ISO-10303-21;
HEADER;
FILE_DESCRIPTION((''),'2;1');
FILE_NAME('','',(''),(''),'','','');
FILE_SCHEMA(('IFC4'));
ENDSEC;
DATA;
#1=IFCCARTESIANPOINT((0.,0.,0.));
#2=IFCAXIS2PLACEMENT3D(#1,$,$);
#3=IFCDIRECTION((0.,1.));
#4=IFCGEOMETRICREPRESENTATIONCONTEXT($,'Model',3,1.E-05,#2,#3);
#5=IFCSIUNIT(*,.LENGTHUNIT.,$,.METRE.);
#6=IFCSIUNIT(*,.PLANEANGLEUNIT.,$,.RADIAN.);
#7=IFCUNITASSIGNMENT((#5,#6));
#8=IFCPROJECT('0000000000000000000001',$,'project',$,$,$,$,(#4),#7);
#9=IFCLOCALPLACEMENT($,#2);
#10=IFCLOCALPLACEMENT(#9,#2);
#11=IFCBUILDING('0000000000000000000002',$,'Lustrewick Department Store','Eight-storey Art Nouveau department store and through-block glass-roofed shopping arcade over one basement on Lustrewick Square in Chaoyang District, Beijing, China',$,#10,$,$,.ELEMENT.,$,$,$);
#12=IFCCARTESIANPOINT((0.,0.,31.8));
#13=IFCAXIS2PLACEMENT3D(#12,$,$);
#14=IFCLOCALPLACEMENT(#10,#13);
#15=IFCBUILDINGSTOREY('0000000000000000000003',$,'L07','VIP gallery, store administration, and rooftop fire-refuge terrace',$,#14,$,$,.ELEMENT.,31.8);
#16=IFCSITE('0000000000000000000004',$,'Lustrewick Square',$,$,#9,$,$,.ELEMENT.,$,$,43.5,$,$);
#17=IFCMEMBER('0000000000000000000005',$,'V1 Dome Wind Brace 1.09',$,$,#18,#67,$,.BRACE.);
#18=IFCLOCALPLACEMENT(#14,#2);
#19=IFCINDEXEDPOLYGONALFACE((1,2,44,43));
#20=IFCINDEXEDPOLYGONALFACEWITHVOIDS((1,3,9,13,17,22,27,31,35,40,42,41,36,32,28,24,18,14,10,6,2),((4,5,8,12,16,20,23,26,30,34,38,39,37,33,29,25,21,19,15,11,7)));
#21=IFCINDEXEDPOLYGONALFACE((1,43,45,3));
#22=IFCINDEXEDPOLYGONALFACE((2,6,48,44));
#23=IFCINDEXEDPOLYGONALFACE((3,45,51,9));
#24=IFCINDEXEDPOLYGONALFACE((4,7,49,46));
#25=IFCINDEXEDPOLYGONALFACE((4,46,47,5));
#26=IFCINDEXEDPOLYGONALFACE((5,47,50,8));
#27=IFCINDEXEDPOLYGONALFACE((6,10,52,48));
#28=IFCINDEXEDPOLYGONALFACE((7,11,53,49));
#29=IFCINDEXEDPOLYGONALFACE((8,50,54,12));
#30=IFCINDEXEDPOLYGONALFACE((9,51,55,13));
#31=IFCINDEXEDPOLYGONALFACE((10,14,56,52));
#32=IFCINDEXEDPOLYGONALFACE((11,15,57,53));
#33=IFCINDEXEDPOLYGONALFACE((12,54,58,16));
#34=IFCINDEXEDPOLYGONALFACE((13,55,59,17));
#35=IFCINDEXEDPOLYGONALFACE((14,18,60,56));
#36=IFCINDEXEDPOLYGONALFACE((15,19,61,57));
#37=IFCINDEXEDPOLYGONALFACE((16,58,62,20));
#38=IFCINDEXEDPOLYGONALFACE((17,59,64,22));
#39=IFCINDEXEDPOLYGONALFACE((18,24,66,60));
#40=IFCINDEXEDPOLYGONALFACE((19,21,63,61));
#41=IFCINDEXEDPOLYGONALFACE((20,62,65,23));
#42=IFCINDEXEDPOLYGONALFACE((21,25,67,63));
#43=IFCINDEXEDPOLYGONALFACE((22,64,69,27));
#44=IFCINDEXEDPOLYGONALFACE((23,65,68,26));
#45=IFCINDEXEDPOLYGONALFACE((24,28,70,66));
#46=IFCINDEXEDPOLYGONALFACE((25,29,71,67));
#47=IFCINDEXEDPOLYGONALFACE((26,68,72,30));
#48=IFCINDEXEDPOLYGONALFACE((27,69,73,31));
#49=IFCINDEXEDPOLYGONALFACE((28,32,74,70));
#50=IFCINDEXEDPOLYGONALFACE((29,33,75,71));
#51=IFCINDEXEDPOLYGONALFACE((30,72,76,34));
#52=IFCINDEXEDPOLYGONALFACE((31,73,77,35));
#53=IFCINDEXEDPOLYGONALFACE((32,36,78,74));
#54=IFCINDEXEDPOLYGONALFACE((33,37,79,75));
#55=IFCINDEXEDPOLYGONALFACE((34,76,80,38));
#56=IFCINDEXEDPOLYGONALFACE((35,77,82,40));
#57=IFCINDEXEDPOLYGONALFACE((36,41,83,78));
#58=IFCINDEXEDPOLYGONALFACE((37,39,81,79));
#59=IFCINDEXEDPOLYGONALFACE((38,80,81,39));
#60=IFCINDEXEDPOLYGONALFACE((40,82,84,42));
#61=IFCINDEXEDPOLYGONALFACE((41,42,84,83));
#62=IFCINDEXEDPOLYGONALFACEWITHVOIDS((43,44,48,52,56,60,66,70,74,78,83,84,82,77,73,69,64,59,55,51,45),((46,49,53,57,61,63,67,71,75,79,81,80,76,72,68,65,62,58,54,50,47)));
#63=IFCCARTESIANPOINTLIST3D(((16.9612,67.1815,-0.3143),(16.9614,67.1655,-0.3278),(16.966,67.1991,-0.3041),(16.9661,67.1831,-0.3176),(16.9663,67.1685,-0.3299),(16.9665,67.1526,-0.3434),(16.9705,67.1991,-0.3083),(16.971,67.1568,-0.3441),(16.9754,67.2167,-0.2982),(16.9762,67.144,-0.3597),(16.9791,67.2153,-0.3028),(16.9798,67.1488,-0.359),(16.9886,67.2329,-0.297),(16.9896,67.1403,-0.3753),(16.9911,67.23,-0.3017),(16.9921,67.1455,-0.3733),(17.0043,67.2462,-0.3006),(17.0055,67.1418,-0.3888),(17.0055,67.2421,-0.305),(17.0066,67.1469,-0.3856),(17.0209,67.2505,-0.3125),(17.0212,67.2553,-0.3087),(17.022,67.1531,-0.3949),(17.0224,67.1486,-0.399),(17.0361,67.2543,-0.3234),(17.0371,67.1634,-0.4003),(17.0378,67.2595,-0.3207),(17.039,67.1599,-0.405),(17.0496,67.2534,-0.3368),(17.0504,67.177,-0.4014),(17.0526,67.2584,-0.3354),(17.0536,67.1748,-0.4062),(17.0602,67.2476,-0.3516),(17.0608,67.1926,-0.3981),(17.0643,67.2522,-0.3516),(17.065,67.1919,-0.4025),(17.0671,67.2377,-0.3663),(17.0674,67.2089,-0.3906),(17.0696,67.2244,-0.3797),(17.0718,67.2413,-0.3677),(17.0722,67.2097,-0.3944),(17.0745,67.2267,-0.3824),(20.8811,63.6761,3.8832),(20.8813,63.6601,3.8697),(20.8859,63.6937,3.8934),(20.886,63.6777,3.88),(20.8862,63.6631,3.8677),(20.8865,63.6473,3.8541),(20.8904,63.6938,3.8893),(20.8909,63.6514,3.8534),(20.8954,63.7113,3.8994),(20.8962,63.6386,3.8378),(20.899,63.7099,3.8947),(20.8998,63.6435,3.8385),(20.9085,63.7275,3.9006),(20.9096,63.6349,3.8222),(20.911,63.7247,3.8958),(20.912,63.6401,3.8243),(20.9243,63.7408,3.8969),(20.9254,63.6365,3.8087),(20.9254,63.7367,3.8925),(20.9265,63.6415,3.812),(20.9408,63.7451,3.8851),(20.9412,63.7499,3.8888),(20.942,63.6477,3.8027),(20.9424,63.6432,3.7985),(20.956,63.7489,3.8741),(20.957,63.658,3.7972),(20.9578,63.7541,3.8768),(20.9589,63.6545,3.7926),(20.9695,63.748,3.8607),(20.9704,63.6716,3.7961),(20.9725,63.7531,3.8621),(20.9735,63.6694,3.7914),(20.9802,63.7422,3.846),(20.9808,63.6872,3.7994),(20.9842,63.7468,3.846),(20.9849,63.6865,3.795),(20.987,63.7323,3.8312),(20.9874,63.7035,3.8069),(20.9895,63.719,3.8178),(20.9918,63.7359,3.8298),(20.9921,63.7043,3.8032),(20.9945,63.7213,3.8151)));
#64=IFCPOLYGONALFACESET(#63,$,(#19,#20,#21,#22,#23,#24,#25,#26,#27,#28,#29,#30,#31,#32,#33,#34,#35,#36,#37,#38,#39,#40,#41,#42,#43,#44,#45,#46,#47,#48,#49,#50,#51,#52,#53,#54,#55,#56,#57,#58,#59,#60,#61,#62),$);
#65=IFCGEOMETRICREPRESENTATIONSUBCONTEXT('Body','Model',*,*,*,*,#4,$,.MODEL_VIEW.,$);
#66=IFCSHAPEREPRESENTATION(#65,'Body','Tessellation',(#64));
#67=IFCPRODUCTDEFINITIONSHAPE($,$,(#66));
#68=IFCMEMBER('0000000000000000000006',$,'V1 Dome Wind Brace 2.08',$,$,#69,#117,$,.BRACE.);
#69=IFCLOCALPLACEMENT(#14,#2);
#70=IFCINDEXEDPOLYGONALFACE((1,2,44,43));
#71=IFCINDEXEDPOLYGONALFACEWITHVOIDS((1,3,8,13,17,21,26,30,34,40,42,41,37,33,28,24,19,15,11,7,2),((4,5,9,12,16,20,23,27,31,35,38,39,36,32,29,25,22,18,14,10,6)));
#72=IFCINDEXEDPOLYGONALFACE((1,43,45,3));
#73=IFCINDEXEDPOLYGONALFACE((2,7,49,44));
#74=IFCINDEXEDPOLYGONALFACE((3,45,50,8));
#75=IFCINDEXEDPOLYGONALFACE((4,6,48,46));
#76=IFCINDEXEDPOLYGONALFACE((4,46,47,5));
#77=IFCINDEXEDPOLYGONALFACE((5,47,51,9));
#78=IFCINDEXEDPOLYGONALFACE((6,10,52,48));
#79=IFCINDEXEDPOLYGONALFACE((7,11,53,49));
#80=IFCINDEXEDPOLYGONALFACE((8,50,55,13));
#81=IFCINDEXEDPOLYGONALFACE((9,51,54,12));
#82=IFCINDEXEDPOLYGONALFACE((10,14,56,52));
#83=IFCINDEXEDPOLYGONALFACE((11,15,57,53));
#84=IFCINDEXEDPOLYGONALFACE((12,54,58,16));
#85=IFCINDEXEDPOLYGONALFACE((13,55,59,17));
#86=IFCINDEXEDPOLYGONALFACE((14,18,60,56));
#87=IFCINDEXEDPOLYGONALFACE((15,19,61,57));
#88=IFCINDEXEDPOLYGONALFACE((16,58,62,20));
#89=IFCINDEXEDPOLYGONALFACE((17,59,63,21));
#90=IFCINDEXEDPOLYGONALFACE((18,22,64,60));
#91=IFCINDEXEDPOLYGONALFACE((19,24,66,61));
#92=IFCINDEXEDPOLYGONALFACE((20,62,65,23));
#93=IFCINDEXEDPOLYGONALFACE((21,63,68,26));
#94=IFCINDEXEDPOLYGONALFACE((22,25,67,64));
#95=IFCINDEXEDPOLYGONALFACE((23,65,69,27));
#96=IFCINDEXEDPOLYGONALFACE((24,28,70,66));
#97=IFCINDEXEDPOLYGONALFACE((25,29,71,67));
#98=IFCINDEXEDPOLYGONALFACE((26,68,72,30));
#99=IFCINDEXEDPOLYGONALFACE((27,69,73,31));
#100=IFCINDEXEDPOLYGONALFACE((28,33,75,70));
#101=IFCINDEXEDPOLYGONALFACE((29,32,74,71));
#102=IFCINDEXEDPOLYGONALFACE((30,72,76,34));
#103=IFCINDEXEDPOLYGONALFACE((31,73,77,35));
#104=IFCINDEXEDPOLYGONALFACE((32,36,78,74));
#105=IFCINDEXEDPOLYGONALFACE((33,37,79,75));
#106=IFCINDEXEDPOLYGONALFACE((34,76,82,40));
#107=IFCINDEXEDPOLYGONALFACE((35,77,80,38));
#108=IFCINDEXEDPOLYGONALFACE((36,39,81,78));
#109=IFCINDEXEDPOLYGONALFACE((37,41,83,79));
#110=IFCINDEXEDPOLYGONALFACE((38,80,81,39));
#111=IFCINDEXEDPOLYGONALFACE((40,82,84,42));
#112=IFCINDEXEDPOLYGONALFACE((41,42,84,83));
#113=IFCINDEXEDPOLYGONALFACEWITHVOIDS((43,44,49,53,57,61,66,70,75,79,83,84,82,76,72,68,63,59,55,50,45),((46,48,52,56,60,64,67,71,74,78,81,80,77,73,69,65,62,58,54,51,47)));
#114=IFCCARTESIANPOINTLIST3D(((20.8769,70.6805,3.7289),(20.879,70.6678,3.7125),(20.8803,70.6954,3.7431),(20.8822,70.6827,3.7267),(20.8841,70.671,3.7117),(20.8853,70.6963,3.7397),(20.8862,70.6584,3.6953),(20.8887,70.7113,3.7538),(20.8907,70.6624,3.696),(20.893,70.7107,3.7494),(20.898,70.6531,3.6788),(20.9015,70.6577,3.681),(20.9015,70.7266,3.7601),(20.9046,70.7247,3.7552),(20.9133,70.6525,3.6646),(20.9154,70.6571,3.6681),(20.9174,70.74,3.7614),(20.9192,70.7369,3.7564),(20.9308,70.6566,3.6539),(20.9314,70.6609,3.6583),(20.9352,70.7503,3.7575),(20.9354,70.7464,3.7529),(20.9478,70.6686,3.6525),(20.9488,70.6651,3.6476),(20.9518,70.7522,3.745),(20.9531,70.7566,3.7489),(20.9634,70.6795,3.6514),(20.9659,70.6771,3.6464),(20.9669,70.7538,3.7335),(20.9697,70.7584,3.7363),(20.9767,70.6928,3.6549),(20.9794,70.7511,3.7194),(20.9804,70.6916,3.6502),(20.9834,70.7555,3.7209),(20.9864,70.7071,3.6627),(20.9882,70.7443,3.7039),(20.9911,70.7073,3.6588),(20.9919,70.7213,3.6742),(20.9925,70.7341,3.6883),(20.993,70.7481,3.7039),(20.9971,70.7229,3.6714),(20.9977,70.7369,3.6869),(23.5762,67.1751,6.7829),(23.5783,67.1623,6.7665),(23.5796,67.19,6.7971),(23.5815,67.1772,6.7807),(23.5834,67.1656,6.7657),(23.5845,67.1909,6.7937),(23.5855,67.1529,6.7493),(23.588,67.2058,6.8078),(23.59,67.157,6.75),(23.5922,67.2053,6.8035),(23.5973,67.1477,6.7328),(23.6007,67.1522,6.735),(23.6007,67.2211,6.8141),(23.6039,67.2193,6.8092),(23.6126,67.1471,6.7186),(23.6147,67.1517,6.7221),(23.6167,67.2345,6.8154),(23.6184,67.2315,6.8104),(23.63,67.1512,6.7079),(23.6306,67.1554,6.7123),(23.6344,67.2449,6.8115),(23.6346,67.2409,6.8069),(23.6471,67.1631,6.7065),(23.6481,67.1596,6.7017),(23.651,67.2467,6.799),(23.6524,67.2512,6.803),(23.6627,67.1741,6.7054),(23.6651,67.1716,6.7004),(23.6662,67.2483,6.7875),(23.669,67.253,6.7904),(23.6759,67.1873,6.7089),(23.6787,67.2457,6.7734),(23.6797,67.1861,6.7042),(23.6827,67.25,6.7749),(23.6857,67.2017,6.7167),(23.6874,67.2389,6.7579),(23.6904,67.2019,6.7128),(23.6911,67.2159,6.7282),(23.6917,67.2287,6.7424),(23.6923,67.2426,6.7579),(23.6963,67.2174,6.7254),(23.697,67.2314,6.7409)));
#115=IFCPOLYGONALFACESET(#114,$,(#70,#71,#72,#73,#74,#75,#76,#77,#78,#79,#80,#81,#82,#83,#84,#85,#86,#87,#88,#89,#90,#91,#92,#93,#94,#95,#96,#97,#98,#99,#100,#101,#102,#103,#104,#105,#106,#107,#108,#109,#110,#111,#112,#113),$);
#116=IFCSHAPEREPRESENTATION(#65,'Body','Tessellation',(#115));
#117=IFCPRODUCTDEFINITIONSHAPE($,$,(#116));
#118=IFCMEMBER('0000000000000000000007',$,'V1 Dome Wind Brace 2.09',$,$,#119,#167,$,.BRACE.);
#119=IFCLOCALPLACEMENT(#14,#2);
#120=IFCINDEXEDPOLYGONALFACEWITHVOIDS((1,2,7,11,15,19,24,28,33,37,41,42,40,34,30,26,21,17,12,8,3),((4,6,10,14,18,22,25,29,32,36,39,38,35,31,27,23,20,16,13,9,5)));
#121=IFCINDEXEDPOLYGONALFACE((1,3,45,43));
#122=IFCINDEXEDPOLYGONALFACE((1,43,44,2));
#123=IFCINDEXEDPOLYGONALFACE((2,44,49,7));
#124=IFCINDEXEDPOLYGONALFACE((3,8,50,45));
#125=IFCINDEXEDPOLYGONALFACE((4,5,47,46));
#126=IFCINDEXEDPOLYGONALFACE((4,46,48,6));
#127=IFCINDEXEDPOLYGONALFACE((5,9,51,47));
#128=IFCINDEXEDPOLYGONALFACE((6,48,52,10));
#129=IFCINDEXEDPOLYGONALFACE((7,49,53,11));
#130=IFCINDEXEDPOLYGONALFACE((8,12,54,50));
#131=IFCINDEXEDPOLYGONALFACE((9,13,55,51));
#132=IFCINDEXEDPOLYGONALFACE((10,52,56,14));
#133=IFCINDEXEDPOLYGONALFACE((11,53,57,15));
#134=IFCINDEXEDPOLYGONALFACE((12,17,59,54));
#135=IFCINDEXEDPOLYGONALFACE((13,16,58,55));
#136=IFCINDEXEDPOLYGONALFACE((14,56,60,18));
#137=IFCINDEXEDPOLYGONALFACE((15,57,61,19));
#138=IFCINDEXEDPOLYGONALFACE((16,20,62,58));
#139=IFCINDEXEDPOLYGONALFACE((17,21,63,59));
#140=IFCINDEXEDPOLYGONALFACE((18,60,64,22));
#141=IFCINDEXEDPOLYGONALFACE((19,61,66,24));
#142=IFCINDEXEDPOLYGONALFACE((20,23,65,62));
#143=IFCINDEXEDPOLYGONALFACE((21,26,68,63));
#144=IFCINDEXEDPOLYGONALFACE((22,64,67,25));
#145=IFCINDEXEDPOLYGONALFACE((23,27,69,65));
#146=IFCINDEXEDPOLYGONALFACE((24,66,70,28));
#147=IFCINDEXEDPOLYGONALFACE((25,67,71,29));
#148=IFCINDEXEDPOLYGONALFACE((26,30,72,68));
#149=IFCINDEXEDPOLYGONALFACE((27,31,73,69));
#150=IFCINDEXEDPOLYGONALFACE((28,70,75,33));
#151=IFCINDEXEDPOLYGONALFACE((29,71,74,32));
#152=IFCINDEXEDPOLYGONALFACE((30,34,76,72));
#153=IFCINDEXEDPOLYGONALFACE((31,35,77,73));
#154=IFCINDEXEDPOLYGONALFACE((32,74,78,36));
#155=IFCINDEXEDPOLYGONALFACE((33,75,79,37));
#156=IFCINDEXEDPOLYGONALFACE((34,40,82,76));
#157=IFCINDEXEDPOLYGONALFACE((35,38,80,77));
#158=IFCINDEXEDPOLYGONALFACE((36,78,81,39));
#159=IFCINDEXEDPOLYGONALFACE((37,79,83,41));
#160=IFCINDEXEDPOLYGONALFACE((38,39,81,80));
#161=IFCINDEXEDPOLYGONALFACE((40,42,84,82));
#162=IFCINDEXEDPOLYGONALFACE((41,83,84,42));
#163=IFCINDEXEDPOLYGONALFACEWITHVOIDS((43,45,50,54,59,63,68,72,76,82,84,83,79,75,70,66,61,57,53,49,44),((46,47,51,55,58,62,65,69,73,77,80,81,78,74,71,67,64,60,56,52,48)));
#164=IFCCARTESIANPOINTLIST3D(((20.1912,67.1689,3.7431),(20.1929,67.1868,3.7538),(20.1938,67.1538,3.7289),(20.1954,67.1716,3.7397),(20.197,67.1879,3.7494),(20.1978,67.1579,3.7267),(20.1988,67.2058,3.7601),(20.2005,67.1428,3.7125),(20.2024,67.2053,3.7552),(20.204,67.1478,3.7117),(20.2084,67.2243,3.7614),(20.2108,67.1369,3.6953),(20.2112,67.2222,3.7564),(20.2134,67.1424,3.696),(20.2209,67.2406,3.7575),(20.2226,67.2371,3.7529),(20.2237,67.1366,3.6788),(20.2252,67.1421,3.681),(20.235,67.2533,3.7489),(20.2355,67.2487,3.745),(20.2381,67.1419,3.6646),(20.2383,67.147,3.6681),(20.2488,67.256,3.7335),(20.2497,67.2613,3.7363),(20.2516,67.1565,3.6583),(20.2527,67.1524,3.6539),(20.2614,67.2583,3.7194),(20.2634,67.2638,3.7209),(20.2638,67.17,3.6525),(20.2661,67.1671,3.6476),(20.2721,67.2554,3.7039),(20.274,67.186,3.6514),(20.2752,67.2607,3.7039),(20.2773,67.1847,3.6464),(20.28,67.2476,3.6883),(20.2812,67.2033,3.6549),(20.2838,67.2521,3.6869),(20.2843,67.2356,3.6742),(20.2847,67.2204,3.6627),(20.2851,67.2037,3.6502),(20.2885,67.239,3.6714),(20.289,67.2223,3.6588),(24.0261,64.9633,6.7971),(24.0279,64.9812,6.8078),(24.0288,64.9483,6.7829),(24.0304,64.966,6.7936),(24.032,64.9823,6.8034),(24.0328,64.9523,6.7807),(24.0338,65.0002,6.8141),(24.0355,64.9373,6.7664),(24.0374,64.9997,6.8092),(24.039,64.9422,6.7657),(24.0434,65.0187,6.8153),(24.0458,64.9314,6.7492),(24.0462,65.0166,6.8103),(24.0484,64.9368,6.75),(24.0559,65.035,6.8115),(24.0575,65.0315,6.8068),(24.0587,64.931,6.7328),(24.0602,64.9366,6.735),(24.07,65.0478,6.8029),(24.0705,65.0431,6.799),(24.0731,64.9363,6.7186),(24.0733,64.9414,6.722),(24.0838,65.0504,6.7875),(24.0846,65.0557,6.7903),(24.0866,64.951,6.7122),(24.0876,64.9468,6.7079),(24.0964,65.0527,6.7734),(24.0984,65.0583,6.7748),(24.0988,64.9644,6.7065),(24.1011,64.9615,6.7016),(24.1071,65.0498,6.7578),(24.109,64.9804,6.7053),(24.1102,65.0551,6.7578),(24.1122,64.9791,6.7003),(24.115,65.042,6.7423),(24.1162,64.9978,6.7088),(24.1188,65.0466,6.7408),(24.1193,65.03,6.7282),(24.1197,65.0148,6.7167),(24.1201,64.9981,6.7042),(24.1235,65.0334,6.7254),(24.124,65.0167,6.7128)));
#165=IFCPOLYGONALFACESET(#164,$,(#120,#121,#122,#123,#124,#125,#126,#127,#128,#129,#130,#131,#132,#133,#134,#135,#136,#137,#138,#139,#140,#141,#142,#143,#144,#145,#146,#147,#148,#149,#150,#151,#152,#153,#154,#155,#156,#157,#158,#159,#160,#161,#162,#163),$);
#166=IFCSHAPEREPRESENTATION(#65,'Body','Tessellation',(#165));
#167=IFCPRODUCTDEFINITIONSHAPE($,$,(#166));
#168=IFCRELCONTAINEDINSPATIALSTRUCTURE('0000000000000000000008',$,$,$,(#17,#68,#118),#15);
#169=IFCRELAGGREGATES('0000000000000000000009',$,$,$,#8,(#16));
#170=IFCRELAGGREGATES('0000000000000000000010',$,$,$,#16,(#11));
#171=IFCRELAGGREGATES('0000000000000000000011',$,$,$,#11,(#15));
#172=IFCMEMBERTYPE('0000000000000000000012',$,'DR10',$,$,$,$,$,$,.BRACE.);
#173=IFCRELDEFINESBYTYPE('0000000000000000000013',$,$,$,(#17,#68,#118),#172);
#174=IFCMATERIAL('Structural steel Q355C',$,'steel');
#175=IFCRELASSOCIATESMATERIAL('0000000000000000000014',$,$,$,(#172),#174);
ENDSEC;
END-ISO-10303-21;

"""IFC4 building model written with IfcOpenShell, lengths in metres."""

from ifc_helpers import new_model, si_unit, direction, frame, origin, origin_2d, place, context, subcontext, project, spatial, hollow_circle, extrude, material, material_profile, profile_set, type_object, element, save


model = new_model("IFC4")

# Units and contexts
model_context = context("Model", 3, precision=1e-05, world=origin(), true_north=direction((0.0, 1.0)))
body_context = subcontext(model_context, "Body", "Model", "MODEL_VIEW")
ifc_project = project(units=[si_unit("LENGTHUNIT", "METRE"), si_unit("PLANEANGLEUNIT", "RADIAN")], contexts=[model_context])

# Site, building, storey
site_placement = place(None, origin())
site = spatial("IfcSite", under=ifc_project, at=site_placement, Name="Lustrewick Square", CompositionType="ELEMENT", RefElevation=43.5)
building_placement = place(site_placement, origin())
building = spatial("IfcBuilding", under=site, at=building_placement, Name="Lustrewick Department Store", Description="Eight-storey Art Nouveau department store and through-block glass-roofed shopping arcade over one basement on Lustrewick Square in Chaoyang District, Beijing, China", CompositionType="ELEMENT")
storey_placement = place(building_placement, frame((0.0, 0.0, 31.8)))
storey = spatial("IfcBuildingStorey", under=building, at=storey_placement, Name="L07", Description="VIP gallery, store administration, and rooftop fire-refuge terrace", CompositionType="ELEMENT", Elevation=31.8)

# Members
ifc_material_1 = material(Name="Structural steel Q355C", Category="steel")
ifc_material_profile_1 = material_profile(ifc_material_1, hollow_circle(Radius=0.0701, WallThickness=0.0061, at=origin_2d()), Name="CHS 140x6")
ifc_profile_set_1 = profile_set([ifc_material_profile_1], Name="Structural steel Q355C")
member_type_1 = type_object("IfcMemberType", Name="DR10", PredefinedType="BRACE", material=ifc_profile_set_1)
member_1_placement = place(storey_placement, frame((17.0176, 67.2, -0.3516), z_axis=(0.582586, -0.520975, 0.623842), x_axis=(0.666591, 0.745423, 0.0)))
element("IfcMember", 1, at=member_1_placement, inside=storey, type_object=member_type_1, Name="V1 Dome Wind Brace 1.09", PredefinedType="BRACE", context=body_context, shape_type="SweptSolid", body=[
    extrude(hollow_circle(Radius=0.0701, WallThickness=0.0061, at=origin_2d()), origin(), (0.0, 0.0, 1.0), 6.7285),
])
member_2_placement = place(storey_placement, frame((20.9375, 70.7053, 3.7039), z_axis=(0.502098, -0.652056, 0.568085), x_axis=(0.79232, 0.610105, 0.0)))
element("IfcMember", 2, at=member_2_placement, inside=storey, type_object=member_type_1, Name="V1 Dome Wind Brace 2.08", PredefinedType="BRACE", context=body_context, shape_type="SweptSolid", body=[
    extrude(hollow_circle(Radius=0.0701, WallThickness=0.0061, at=origin_2d()), origin(), (0.0, 0.0, 1.0), 5.376),
])
member_3_placement = place(storey_placement, frame((20.2402, 67.2, 3.7039), z_axis=(0.713389, -0.410285, 0.568104), x_axis=(0.49855, 0.866861, 0.0)))
element("IfcMember", 3, at=member_3_placement, inside=storey, type_object=member_type_1, Name="V1 Dome Wind Brace 2.09", PredefinedType="BRACE", context=body_context, shape_type="SweptSolid", body=[
    extrude(hollow_circle(Radius=0.0701, WallThickness=0.0061, at=origin_2d()), origin(), (0.0, 0.0, 1.0), 5.3757),
])

save(model, "model.ifc")
